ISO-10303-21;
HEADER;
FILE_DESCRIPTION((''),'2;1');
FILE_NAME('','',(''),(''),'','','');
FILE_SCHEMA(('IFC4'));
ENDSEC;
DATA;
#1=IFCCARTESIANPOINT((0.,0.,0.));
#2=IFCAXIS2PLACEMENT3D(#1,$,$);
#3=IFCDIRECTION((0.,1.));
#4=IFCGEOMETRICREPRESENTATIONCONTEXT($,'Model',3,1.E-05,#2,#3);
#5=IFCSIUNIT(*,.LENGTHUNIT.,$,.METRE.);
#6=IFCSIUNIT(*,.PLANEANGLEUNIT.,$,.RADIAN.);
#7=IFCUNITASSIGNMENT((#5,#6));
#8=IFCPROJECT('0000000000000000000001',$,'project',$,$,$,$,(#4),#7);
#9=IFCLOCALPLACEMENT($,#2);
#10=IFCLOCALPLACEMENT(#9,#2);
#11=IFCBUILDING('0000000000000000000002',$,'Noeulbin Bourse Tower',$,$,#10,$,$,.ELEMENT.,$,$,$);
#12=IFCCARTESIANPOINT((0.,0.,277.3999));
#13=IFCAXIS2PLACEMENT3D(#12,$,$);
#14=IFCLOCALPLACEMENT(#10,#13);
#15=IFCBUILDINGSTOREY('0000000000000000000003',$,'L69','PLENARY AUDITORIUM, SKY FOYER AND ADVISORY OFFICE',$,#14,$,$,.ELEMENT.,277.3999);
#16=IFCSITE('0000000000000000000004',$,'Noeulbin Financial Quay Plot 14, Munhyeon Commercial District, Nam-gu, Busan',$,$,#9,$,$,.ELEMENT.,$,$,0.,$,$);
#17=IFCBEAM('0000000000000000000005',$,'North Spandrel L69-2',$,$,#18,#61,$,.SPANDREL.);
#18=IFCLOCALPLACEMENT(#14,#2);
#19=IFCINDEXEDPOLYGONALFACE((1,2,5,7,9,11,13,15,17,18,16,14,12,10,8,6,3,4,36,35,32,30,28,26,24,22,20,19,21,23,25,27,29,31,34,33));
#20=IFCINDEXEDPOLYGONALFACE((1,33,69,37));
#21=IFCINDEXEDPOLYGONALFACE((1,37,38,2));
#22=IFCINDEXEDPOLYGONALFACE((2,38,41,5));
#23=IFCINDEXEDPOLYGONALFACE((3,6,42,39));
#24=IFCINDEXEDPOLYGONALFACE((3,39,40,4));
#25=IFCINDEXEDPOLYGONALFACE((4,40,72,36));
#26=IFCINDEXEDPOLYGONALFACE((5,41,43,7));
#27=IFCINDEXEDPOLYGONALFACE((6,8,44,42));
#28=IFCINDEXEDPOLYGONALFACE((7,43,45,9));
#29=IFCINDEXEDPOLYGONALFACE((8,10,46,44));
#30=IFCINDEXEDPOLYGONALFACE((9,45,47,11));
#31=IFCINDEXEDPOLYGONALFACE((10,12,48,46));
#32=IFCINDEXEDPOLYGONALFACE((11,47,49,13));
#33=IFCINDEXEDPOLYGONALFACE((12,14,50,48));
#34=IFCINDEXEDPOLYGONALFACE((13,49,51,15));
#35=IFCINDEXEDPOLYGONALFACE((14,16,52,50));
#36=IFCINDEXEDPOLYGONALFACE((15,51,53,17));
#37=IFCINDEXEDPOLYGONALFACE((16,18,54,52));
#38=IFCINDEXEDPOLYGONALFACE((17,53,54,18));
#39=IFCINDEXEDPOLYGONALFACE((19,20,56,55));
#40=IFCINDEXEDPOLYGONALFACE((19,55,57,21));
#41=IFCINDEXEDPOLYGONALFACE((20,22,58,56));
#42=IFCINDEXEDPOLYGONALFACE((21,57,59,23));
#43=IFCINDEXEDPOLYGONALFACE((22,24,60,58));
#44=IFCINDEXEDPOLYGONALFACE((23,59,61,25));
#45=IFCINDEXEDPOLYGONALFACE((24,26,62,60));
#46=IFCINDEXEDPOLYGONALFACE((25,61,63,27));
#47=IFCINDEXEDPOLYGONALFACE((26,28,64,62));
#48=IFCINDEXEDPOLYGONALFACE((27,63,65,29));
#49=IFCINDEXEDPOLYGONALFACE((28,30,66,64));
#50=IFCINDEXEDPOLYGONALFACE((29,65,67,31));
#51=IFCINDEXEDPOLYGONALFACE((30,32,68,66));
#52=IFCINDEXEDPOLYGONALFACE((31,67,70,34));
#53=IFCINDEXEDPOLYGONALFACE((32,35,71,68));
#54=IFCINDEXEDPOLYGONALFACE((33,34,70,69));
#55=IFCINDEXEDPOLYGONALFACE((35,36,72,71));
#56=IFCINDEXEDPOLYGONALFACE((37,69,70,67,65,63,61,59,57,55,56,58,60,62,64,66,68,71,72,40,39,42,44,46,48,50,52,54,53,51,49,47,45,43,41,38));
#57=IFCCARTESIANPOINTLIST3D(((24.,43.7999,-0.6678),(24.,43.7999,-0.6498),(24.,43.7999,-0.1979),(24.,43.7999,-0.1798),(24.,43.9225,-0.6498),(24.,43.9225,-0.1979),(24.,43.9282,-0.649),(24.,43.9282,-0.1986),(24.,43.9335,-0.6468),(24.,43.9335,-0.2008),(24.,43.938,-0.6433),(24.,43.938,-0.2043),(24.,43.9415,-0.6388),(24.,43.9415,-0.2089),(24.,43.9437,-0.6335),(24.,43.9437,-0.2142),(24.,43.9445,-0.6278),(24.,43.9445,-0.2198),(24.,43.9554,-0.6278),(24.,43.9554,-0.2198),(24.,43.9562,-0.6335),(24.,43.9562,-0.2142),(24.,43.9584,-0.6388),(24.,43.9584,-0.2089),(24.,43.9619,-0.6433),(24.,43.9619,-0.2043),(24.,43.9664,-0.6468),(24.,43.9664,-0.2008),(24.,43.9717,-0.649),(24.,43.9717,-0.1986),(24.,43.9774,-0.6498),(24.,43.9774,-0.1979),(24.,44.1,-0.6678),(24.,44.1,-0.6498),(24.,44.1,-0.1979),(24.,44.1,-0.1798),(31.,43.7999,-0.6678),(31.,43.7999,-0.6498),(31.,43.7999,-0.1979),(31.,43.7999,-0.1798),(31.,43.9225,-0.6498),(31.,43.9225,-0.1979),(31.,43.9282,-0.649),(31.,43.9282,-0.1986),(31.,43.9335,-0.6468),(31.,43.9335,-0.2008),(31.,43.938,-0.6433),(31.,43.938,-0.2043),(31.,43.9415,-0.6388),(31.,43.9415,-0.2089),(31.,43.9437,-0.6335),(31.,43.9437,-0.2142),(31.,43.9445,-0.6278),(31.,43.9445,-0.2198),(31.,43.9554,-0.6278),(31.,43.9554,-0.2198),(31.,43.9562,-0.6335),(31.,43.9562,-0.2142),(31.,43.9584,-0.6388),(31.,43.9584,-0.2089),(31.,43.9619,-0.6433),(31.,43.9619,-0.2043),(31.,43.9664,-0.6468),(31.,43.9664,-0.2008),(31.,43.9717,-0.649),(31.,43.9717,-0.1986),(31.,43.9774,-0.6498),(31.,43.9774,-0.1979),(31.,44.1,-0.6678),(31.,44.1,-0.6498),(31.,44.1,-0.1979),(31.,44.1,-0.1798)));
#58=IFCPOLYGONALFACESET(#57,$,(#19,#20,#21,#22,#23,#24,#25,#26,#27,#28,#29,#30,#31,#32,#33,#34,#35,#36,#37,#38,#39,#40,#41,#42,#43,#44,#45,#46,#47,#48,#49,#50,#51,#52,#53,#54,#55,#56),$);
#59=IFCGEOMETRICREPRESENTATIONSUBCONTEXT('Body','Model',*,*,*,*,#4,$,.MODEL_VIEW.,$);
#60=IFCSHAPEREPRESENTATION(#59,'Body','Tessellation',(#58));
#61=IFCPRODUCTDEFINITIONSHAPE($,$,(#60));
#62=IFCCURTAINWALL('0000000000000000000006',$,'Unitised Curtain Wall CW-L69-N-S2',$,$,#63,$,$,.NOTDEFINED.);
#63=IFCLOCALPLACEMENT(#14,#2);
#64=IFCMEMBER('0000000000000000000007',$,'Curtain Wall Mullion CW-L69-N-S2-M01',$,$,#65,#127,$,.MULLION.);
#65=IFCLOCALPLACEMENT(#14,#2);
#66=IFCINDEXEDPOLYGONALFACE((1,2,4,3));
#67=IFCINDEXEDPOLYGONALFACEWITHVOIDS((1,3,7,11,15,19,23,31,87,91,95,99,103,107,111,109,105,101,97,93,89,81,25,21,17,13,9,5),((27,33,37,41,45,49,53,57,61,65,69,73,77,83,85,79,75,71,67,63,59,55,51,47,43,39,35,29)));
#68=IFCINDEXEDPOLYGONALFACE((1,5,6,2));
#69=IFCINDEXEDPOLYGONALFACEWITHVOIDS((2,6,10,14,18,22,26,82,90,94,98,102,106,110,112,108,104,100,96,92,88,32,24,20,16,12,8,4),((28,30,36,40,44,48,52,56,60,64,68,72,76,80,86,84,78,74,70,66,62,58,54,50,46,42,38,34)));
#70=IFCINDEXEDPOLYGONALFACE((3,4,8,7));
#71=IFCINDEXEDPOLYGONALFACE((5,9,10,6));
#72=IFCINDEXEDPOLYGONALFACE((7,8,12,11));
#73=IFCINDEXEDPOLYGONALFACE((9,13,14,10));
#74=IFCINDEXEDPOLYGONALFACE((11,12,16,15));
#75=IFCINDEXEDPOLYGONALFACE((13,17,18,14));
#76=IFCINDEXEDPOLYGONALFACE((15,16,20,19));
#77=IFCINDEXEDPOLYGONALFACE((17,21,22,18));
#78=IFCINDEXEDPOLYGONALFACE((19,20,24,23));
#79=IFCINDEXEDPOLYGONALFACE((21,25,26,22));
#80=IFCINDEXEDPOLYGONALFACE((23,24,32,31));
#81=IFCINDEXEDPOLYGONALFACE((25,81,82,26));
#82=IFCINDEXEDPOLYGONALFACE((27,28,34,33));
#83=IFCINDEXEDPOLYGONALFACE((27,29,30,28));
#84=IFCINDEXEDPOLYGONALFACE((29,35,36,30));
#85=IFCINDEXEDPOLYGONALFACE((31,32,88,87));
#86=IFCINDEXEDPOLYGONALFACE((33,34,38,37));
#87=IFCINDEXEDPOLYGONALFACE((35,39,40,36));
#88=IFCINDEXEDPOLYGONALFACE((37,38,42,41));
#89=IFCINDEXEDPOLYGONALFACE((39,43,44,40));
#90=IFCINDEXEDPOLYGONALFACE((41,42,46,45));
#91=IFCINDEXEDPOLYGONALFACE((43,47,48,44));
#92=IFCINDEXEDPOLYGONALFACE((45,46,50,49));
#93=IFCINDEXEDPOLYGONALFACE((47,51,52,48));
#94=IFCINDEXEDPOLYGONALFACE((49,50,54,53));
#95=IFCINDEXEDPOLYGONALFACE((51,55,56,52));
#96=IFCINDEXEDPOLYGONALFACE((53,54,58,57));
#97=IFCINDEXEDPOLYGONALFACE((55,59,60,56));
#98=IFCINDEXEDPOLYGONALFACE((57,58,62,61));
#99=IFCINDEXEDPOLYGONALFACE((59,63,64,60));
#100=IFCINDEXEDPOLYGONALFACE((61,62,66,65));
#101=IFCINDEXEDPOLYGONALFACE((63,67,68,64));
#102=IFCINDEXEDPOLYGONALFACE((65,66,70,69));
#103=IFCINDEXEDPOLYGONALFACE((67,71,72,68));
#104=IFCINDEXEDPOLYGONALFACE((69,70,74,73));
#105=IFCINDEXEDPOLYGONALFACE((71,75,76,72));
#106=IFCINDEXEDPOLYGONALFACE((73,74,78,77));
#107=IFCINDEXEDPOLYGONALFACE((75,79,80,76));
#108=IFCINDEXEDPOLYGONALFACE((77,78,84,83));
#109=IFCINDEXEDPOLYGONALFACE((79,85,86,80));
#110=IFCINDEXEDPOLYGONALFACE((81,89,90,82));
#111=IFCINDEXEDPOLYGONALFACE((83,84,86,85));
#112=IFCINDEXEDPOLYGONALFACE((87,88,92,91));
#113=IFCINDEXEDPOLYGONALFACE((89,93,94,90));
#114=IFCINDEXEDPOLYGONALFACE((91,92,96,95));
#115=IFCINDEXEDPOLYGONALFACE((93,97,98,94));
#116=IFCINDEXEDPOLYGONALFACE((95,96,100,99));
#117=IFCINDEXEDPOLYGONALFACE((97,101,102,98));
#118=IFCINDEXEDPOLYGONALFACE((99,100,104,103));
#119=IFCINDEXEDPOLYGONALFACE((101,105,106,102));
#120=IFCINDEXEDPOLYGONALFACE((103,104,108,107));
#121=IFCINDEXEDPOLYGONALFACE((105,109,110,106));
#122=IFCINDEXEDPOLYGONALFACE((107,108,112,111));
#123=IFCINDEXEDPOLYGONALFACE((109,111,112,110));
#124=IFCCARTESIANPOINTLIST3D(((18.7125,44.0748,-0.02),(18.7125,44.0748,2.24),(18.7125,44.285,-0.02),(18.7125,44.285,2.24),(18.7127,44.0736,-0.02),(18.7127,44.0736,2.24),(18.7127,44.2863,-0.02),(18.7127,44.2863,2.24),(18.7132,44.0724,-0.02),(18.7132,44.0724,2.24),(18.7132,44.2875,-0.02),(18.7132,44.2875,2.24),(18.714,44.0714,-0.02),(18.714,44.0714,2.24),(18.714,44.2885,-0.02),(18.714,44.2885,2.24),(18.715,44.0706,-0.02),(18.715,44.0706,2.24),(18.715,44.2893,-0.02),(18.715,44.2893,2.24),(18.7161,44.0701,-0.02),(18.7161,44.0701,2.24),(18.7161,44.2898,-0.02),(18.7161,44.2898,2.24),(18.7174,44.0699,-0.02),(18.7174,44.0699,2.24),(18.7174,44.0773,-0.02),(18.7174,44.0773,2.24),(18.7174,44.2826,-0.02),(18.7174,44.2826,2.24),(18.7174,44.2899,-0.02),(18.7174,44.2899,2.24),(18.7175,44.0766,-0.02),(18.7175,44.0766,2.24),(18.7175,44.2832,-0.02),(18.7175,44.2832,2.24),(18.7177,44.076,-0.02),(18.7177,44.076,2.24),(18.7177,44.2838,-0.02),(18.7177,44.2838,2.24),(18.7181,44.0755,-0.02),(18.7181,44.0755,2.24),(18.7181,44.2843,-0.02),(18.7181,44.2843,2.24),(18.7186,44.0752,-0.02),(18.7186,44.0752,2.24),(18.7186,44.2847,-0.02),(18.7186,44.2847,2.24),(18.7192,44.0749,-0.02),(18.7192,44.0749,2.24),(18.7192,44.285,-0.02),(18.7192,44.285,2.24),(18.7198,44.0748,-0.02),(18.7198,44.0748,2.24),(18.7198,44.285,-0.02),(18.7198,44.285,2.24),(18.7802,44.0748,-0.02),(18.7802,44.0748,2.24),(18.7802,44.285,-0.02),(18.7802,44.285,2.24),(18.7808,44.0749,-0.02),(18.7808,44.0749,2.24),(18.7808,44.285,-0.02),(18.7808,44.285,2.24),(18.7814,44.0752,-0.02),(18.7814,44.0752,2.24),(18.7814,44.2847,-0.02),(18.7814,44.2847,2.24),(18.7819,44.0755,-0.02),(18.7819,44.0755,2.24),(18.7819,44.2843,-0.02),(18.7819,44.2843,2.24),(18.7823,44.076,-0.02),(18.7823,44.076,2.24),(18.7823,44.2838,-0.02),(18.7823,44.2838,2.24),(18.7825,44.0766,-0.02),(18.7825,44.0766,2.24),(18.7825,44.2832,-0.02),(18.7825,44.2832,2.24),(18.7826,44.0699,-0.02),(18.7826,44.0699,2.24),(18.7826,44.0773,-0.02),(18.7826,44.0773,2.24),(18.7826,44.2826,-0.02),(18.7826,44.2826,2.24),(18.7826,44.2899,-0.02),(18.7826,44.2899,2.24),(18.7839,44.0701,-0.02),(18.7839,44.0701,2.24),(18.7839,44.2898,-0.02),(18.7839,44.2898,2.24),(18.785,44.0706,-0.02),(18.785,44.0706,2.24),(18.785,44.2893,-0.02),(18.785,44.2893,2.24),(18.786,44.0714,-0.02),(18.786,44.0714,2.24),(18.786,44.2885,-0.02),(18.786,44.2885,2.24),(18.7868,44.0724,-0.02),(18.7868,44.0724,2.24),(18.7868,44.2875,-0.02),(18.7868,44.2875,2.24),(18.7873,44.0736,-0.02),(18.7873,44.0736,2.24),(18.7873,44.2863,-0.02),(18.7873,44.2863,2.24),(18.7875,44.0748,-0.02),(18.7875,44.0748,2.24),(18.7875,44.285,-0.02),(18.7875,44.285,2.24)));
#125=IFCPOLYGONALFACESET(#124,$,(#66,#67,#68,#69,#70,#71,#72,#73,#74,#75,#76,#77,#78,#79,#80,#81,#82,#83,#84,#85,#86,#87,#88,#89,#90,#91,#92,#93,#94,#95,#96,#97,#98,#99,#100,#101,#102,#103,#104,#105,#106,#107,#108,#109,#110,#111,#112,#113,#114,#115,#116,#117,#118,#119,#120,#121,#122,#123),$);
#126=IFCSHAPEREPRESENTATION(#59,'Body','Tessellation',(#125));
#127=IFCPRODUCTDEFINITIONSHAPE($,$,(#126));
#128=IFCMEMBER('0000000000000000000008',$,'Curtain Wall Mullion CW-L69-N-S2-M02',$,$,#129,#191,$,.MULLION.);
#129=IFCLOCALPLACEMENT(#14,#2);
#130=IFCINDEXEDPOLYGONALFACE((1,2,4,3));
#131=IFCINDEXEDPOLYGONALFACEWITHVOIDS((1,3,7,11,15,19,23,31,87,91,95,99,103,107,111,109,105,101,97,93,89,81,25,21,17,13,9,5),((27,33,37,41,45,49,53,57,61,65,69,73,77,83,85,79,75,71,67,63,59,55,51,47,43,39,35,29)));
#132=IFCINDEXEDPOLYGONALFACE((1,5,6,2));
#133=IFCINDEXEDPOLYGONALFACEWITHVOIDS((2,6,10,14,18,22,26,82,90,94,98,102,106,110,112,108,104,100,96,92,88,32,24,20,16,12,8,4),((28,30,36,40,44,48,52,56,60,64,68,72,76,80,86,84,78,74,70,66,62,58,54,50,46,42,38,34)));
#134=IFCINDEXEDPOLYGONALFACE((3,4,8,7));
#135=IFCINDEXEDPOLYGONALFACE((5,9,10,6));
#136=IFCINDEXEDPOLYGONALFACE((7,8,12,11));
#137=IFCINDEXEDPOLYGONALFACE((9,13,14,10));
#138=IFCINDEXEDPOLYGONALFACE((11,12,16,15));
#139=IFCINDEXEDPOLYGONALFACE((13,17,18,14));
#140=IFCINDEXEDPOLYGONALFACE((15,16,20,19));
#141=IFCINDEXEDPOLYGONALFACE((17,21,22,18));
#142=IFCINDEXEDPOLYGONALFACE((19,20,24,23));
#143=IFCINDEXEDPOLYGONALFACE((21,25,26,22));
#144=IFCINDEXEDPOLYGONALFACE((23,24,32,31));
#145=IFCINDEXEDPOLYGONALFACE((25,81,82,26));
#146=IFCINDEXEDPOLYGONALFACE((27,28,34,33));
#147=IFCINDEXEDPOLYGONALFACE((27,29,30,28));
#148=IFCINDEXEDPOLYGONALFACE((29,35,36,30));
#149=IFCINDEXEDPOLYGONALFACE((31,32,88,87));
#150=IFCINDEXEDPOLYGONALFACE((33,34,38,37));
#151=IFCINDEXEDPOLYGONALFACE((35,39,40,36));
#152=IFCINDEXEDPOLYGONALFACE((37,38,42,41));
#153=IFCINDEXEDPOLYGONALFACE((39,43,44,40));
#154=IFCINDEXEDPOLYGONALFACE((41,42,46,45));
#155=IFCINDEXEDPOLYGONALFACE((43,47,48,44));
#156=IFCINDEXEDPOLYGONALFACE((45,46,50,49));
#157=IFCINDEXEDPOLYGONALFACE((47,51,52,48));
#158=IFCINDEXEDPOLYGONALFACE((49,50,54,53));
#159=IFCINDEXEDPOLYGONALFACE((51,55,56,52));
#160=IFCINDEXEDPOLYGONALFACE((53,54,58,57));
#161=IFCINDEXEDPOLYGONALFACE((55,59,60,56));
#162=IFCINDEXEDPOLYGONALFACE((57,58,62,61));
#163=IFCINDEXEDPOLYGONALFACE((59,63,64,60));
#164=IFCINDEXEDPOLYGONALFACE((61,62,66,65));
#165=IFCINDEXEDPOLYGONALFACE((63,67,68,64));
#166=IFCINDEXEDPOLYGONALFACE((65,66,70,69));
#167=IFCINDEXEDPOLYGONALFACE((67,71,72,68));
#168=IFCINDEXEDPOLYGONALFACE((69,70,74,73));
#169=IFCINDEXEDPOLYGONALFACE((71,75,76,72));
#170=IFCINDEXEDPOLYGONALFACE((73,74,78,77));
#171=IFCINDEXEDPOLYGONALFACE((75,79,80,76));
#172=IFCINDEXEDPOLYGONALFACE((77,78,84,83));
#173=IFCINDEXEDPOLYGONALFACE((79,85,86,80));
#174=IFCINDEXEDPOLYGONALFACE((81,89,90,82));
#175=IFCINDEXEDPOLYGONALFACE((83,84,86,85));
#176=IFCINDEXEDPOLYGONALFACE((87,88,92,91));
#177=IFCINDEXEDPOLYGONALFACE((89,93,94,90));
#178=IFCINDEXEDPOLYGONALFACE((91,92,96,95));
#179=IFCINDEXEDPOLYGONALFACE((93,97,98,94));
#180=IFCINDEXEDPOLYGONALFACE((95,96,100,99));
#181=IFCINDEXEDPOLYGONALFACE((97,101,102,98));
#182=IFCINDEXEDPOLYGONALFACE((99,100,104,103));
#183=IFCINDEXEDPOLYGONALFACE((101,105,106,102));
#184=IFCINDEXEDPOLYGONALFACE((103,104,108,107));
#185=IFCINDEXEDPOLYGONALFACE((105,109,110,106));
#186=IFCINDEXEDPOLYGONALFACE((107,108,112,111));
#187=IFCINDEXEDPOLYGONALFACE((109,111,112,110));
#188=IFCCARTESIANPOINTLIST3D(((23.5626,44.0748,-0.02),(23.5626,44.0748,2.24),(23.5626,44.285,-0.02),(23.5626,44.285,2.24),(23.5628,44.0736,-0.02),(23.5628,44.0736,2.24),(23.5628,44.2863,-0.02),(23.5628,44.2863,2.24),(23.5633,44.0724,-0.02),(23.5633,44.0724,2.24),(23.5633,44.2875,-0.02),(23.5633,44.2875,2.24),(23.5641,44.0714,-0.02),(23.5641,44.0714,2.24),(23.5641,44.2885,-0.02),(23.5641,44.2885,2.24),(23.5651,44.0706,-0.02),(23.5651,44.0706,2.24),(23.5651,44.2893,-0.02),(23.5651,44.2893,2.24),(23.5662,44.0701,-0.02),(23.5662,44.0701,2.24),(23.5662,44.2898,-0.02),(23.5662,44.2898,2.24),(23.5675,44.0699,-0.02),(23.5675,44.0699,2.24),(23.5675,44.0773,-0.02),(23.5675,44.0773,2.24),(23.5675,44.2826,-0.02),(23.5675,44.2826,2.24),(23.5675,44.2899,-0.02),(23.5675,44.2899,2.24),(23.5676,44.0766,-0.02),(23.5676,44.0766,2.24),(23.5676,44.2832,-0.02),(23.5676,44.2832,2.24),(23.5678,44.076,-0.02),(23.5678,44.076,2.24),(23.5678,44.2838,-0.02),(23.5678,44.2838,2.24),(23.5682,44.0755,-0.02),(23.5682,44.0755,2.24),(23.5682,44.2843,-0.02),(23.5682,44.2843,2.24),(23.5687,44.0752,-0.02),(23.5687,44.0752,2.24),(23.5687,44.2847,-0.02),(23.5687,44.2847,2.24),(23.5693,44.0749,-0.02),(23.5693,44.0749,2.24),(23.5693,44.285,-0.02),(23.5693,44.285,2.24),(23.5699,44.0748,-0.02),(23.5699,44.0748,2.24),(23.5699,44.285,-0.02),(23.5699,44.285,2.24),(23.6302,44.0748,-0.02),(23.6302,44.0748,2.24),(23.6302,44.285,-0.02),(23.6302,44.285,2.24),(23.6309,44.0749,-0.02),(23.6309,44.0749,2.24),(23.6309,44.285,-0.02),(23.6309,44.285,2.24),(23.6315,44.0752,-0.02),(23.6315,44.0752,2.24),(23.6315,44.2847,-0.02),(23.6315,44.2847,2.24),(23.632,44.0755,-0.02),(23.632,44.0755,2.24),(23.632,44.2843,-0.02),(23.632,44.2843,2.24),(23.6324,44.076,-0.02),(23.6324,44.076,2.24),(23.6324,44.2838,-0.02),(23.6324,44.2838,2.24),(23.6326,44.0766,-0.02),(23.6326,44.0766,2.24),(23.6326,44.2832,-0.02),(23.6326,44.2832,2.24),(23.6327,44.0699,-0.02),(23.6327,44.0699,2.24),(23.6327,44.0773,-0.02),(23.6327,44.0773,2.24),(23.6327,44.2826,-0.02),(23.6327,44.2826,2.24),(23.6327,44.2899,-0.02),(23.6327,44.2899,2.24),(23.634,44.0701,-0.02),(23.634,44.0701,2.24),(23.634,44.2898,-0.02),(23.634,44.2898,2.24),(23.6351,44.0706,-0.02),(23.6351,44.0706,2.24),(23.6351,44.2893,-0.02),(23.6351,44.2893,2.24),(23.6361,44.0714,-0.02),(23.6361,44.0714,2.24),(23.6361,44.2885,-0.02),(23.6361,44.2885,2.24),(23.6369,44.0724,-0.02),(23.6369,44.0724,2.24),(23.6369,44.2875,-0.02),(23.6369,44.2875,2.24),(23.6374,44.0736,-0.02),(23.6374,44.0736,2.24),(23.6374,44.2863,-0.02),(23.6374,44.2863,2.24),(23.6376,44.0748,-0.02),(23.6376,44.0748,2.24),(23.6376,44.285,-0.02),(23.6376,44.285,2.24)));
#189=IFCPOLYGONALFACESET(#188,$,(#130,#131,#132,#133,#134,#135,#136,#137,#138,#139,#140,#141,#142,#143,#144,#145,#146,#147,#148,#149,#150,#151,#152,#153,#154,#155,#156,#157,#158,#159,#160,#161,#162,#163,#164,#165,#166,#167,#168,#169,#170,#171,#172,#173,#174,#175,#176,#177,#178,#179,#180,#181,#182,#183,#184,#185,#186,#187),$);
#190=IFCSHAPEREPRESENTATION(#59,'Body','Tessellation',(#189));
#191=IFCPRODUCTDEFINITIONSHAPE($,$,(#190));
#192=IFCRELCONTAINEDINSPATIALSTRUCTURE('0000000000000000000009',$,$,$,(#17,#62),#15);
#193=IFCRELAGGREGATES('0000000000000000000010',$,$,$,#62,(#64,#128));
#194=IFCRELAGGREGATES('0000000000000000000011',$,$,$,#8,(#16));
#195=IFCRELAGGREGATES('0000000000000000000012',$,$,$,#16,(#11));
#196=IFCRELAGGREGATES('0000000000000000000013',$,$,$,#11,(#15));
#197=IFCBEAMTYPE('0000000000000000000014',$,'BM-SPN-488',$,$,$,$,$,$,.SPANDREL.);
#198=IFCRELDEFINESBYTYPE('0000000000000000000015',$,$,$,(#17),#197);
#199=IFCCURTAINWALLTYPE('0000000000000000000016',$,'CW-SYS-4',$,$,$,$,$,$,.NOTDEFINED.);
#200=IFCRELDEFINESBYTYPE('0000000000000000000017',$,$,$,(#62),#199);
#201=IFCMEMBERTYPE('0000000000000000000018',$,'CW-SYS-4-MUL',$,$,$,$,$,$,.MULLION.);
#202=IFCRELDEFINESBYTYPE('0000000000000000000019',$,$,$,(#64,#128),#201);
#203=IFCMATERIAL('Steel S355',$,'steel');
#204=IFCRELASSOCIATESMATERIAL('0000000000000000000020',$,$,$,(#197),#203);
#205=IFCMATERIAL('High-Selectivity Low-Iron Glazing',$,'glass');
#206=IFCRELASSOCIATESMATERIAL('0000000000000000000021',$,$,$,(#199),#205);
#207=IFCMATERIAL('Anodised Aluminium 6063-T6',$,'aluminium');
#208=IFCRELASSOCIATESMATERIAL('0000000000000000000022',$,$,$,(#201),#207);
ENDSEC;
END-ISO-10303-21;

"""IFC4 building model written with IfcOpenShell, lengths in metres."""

from ifc_helpers import new_model, si_unit, direction, frame, origin, origin_2d, place, context, subcontext, project, spatial, hollow_rectangle, i_section, extrude, material, material_profile, profile_set, type_object, element, aggregate, save


model = new_model("IFC4")

# Units and contexts
model_context = context("Model", 3, precision=1e-05, world=origin(), true_north=direction((0.0, 1.0)))
body_context = subcontext(model_context, "Body", "Model", "MODEL_VIEW")
ifc_project = project(units=[si_unit("LENGTHUNIT", "METRE"), si_unit("PLANEANGLEUNIT", "RADIAN")], contexts=[model_context])

# Site, building, storey
site_placement = place(None, origin())
site = spatial("IfcSite", under=ifc_project, at=site_placement, Name="Noeulbin Financial Quay Plot 14, Munhyeon Commercial District, Nam-gu, Busan", CompositionType="ELEMENT", RefElevation=0.0)
building_placement = place(site_placement, origin())
building = spatial("IfcBuilding", under=site, at=building_placement, Name="Noeulbin Bourse Tower", CompositionType="ELEMENT")
storey_placement = place(building_placement, frame((0.0, 0.0, 277.3999)))
storey = spatial("IfcBuildingStorey", under=building, at=storey_placement, Name="L69", Description="PLENARY AUDITORIUM, SKY FOYER AND ADVISORY OFFICE", CompositionType="ELEMENT", Elevation=277.3999)

# Shared definitions
ifc_material_1 = material(Name="Steel S355", Category="steel")

# Beam
ifc_material_profile_1 = material_profile(ifc_material_1, i_section(OverallWidth=0.3, OverallDepth=0.488, WebThickness=0.011, FlangeThickness=0.0181, FilletRadius=0.022, at=origin_2d()), Name="H-488x300x11x18", Category="LoadBearing")
ifc_profile_set_1 = profile_set([ifc_material_profile_1], Name="Steel S355")
beam_type_1 = type_object("IfcBeamType", Name="BM-SPN-488", PredefinedType="SPANDREL", material=ifc_profile_set_1)
beam_placement = place(storey_placement, frame((24.0, 43.95, -0.4238), z_axis=(1.0, 0.0, 0.0), x_axis=(0.0, 1.0, 0.0)))
element("IfcBeam", 1, at=beam_placement, inside=storey, type_object=beam_type_1, Name="North Spandrel L69-2", PredefinedType="SPANDREL", context=body_context, shape_type="SweptSolid", body=[
    extrude(i_section(OverallWidth=0.3, OverallDepth=0.488, WebThickness=0.011, FlangeThickness=0.0181, FilletRadius=0.022, at=origin_2d()), origin(), (0.0, 0.0, 1.0), 7.0),
])

# Curtain wall, members
ifc_material_2 = material(Name="High-Selectivity Low-Iron Glazing", Category="glass")
curtain_wall_type = type_object("IfcCurtainWallType", Name="CW-SYS-4", PredefinedType="NOTDEFINED", material=ifc_material_2)
curtain_wall_1_placement = place(storey_placement, origin())
curtain_wall_1 = element("IfcCurtainWall", 2, at=curtain_wall_1_placement, inside=storey, type_object=curtain_wall_type, Name="Unitised Curtain Wall CW-L69-N-S2", PredefinedType="NOTDEFINED")
ifc_material_3 = material(Name="Anodised Aluminium 6063-T6", Category="aluminium")
ifc_material_profile_2 = material_profile(ifc_material_3, hollow_rectangle(XDim=0.075, YDim=0.22, WallThickness=0.0049, InnerFilletRadius=0.0024, OuterFilletRadius=0.0049, at=origin_2d()), Name="ALU-MULL-75x220x5", Category="LoadBearing")
ifc_profile_set_2 = profile_set([ifc_material_profile_2], Name="Anodised Aluminium 6063-T6")
member_type_1 = type_object("IfcMemberType", Name="CW-SYS-4-MUL", PredefinedType="MULLION", material=ifc_profile_set_2)
member_1_placement = place(storey_placement, frame((18.75, 44.1799, -0.02), z_axis=(0.0, 0.0, 1.0), x_axis=(1.0, 0.0, 0.0)))
member_1 = element("IfcMember", 3, at=member_1_placement, type_object=member_type_1, Name="Curtain Wall Mullion CW-L69-N-S2-M01", PredefinedType="MULLION", context=body_context, shape_type="SweptSolid", body=[
    extrude(hollow_rectangle(XDim=0.075, YDim=0.22, WallThickness=0.0049, InnerFilletRadius=0.0024, OuterFilletRadius=0.0049, at=origin_2d()), origin(), (0.0, 0.0, 1.0), 2.26),
])
member_2_placement = place(storey_placement, frame((23.6001, 44.1799, -0.02), z_axis=(0.0, 0.0, 1.0), x_axis=(1.0, 0.0, 0.0)))
member_2 = element("IfcMember", 4, at=member_2_placement, type_object=member_type_1, Name="Curtain Wall Mullion CW-L69-N-S2-M02", PredefinedType="MULLION", context=body_context, shape_type="SweptSolid", body=[
    extrude(hollow_rectangle(XDim=0.075, YDim=0.22, WallThickness=0.0049, InnerFilletRadius=0.0024, OuterFilletRadius=0.0049, at=origin_2d()), origin(), (0.0, 0.0, 1.0), 2.26),
])

aggregate(curtain_wall_1, [member_1, member_2])

save(model, "model.ifc")
